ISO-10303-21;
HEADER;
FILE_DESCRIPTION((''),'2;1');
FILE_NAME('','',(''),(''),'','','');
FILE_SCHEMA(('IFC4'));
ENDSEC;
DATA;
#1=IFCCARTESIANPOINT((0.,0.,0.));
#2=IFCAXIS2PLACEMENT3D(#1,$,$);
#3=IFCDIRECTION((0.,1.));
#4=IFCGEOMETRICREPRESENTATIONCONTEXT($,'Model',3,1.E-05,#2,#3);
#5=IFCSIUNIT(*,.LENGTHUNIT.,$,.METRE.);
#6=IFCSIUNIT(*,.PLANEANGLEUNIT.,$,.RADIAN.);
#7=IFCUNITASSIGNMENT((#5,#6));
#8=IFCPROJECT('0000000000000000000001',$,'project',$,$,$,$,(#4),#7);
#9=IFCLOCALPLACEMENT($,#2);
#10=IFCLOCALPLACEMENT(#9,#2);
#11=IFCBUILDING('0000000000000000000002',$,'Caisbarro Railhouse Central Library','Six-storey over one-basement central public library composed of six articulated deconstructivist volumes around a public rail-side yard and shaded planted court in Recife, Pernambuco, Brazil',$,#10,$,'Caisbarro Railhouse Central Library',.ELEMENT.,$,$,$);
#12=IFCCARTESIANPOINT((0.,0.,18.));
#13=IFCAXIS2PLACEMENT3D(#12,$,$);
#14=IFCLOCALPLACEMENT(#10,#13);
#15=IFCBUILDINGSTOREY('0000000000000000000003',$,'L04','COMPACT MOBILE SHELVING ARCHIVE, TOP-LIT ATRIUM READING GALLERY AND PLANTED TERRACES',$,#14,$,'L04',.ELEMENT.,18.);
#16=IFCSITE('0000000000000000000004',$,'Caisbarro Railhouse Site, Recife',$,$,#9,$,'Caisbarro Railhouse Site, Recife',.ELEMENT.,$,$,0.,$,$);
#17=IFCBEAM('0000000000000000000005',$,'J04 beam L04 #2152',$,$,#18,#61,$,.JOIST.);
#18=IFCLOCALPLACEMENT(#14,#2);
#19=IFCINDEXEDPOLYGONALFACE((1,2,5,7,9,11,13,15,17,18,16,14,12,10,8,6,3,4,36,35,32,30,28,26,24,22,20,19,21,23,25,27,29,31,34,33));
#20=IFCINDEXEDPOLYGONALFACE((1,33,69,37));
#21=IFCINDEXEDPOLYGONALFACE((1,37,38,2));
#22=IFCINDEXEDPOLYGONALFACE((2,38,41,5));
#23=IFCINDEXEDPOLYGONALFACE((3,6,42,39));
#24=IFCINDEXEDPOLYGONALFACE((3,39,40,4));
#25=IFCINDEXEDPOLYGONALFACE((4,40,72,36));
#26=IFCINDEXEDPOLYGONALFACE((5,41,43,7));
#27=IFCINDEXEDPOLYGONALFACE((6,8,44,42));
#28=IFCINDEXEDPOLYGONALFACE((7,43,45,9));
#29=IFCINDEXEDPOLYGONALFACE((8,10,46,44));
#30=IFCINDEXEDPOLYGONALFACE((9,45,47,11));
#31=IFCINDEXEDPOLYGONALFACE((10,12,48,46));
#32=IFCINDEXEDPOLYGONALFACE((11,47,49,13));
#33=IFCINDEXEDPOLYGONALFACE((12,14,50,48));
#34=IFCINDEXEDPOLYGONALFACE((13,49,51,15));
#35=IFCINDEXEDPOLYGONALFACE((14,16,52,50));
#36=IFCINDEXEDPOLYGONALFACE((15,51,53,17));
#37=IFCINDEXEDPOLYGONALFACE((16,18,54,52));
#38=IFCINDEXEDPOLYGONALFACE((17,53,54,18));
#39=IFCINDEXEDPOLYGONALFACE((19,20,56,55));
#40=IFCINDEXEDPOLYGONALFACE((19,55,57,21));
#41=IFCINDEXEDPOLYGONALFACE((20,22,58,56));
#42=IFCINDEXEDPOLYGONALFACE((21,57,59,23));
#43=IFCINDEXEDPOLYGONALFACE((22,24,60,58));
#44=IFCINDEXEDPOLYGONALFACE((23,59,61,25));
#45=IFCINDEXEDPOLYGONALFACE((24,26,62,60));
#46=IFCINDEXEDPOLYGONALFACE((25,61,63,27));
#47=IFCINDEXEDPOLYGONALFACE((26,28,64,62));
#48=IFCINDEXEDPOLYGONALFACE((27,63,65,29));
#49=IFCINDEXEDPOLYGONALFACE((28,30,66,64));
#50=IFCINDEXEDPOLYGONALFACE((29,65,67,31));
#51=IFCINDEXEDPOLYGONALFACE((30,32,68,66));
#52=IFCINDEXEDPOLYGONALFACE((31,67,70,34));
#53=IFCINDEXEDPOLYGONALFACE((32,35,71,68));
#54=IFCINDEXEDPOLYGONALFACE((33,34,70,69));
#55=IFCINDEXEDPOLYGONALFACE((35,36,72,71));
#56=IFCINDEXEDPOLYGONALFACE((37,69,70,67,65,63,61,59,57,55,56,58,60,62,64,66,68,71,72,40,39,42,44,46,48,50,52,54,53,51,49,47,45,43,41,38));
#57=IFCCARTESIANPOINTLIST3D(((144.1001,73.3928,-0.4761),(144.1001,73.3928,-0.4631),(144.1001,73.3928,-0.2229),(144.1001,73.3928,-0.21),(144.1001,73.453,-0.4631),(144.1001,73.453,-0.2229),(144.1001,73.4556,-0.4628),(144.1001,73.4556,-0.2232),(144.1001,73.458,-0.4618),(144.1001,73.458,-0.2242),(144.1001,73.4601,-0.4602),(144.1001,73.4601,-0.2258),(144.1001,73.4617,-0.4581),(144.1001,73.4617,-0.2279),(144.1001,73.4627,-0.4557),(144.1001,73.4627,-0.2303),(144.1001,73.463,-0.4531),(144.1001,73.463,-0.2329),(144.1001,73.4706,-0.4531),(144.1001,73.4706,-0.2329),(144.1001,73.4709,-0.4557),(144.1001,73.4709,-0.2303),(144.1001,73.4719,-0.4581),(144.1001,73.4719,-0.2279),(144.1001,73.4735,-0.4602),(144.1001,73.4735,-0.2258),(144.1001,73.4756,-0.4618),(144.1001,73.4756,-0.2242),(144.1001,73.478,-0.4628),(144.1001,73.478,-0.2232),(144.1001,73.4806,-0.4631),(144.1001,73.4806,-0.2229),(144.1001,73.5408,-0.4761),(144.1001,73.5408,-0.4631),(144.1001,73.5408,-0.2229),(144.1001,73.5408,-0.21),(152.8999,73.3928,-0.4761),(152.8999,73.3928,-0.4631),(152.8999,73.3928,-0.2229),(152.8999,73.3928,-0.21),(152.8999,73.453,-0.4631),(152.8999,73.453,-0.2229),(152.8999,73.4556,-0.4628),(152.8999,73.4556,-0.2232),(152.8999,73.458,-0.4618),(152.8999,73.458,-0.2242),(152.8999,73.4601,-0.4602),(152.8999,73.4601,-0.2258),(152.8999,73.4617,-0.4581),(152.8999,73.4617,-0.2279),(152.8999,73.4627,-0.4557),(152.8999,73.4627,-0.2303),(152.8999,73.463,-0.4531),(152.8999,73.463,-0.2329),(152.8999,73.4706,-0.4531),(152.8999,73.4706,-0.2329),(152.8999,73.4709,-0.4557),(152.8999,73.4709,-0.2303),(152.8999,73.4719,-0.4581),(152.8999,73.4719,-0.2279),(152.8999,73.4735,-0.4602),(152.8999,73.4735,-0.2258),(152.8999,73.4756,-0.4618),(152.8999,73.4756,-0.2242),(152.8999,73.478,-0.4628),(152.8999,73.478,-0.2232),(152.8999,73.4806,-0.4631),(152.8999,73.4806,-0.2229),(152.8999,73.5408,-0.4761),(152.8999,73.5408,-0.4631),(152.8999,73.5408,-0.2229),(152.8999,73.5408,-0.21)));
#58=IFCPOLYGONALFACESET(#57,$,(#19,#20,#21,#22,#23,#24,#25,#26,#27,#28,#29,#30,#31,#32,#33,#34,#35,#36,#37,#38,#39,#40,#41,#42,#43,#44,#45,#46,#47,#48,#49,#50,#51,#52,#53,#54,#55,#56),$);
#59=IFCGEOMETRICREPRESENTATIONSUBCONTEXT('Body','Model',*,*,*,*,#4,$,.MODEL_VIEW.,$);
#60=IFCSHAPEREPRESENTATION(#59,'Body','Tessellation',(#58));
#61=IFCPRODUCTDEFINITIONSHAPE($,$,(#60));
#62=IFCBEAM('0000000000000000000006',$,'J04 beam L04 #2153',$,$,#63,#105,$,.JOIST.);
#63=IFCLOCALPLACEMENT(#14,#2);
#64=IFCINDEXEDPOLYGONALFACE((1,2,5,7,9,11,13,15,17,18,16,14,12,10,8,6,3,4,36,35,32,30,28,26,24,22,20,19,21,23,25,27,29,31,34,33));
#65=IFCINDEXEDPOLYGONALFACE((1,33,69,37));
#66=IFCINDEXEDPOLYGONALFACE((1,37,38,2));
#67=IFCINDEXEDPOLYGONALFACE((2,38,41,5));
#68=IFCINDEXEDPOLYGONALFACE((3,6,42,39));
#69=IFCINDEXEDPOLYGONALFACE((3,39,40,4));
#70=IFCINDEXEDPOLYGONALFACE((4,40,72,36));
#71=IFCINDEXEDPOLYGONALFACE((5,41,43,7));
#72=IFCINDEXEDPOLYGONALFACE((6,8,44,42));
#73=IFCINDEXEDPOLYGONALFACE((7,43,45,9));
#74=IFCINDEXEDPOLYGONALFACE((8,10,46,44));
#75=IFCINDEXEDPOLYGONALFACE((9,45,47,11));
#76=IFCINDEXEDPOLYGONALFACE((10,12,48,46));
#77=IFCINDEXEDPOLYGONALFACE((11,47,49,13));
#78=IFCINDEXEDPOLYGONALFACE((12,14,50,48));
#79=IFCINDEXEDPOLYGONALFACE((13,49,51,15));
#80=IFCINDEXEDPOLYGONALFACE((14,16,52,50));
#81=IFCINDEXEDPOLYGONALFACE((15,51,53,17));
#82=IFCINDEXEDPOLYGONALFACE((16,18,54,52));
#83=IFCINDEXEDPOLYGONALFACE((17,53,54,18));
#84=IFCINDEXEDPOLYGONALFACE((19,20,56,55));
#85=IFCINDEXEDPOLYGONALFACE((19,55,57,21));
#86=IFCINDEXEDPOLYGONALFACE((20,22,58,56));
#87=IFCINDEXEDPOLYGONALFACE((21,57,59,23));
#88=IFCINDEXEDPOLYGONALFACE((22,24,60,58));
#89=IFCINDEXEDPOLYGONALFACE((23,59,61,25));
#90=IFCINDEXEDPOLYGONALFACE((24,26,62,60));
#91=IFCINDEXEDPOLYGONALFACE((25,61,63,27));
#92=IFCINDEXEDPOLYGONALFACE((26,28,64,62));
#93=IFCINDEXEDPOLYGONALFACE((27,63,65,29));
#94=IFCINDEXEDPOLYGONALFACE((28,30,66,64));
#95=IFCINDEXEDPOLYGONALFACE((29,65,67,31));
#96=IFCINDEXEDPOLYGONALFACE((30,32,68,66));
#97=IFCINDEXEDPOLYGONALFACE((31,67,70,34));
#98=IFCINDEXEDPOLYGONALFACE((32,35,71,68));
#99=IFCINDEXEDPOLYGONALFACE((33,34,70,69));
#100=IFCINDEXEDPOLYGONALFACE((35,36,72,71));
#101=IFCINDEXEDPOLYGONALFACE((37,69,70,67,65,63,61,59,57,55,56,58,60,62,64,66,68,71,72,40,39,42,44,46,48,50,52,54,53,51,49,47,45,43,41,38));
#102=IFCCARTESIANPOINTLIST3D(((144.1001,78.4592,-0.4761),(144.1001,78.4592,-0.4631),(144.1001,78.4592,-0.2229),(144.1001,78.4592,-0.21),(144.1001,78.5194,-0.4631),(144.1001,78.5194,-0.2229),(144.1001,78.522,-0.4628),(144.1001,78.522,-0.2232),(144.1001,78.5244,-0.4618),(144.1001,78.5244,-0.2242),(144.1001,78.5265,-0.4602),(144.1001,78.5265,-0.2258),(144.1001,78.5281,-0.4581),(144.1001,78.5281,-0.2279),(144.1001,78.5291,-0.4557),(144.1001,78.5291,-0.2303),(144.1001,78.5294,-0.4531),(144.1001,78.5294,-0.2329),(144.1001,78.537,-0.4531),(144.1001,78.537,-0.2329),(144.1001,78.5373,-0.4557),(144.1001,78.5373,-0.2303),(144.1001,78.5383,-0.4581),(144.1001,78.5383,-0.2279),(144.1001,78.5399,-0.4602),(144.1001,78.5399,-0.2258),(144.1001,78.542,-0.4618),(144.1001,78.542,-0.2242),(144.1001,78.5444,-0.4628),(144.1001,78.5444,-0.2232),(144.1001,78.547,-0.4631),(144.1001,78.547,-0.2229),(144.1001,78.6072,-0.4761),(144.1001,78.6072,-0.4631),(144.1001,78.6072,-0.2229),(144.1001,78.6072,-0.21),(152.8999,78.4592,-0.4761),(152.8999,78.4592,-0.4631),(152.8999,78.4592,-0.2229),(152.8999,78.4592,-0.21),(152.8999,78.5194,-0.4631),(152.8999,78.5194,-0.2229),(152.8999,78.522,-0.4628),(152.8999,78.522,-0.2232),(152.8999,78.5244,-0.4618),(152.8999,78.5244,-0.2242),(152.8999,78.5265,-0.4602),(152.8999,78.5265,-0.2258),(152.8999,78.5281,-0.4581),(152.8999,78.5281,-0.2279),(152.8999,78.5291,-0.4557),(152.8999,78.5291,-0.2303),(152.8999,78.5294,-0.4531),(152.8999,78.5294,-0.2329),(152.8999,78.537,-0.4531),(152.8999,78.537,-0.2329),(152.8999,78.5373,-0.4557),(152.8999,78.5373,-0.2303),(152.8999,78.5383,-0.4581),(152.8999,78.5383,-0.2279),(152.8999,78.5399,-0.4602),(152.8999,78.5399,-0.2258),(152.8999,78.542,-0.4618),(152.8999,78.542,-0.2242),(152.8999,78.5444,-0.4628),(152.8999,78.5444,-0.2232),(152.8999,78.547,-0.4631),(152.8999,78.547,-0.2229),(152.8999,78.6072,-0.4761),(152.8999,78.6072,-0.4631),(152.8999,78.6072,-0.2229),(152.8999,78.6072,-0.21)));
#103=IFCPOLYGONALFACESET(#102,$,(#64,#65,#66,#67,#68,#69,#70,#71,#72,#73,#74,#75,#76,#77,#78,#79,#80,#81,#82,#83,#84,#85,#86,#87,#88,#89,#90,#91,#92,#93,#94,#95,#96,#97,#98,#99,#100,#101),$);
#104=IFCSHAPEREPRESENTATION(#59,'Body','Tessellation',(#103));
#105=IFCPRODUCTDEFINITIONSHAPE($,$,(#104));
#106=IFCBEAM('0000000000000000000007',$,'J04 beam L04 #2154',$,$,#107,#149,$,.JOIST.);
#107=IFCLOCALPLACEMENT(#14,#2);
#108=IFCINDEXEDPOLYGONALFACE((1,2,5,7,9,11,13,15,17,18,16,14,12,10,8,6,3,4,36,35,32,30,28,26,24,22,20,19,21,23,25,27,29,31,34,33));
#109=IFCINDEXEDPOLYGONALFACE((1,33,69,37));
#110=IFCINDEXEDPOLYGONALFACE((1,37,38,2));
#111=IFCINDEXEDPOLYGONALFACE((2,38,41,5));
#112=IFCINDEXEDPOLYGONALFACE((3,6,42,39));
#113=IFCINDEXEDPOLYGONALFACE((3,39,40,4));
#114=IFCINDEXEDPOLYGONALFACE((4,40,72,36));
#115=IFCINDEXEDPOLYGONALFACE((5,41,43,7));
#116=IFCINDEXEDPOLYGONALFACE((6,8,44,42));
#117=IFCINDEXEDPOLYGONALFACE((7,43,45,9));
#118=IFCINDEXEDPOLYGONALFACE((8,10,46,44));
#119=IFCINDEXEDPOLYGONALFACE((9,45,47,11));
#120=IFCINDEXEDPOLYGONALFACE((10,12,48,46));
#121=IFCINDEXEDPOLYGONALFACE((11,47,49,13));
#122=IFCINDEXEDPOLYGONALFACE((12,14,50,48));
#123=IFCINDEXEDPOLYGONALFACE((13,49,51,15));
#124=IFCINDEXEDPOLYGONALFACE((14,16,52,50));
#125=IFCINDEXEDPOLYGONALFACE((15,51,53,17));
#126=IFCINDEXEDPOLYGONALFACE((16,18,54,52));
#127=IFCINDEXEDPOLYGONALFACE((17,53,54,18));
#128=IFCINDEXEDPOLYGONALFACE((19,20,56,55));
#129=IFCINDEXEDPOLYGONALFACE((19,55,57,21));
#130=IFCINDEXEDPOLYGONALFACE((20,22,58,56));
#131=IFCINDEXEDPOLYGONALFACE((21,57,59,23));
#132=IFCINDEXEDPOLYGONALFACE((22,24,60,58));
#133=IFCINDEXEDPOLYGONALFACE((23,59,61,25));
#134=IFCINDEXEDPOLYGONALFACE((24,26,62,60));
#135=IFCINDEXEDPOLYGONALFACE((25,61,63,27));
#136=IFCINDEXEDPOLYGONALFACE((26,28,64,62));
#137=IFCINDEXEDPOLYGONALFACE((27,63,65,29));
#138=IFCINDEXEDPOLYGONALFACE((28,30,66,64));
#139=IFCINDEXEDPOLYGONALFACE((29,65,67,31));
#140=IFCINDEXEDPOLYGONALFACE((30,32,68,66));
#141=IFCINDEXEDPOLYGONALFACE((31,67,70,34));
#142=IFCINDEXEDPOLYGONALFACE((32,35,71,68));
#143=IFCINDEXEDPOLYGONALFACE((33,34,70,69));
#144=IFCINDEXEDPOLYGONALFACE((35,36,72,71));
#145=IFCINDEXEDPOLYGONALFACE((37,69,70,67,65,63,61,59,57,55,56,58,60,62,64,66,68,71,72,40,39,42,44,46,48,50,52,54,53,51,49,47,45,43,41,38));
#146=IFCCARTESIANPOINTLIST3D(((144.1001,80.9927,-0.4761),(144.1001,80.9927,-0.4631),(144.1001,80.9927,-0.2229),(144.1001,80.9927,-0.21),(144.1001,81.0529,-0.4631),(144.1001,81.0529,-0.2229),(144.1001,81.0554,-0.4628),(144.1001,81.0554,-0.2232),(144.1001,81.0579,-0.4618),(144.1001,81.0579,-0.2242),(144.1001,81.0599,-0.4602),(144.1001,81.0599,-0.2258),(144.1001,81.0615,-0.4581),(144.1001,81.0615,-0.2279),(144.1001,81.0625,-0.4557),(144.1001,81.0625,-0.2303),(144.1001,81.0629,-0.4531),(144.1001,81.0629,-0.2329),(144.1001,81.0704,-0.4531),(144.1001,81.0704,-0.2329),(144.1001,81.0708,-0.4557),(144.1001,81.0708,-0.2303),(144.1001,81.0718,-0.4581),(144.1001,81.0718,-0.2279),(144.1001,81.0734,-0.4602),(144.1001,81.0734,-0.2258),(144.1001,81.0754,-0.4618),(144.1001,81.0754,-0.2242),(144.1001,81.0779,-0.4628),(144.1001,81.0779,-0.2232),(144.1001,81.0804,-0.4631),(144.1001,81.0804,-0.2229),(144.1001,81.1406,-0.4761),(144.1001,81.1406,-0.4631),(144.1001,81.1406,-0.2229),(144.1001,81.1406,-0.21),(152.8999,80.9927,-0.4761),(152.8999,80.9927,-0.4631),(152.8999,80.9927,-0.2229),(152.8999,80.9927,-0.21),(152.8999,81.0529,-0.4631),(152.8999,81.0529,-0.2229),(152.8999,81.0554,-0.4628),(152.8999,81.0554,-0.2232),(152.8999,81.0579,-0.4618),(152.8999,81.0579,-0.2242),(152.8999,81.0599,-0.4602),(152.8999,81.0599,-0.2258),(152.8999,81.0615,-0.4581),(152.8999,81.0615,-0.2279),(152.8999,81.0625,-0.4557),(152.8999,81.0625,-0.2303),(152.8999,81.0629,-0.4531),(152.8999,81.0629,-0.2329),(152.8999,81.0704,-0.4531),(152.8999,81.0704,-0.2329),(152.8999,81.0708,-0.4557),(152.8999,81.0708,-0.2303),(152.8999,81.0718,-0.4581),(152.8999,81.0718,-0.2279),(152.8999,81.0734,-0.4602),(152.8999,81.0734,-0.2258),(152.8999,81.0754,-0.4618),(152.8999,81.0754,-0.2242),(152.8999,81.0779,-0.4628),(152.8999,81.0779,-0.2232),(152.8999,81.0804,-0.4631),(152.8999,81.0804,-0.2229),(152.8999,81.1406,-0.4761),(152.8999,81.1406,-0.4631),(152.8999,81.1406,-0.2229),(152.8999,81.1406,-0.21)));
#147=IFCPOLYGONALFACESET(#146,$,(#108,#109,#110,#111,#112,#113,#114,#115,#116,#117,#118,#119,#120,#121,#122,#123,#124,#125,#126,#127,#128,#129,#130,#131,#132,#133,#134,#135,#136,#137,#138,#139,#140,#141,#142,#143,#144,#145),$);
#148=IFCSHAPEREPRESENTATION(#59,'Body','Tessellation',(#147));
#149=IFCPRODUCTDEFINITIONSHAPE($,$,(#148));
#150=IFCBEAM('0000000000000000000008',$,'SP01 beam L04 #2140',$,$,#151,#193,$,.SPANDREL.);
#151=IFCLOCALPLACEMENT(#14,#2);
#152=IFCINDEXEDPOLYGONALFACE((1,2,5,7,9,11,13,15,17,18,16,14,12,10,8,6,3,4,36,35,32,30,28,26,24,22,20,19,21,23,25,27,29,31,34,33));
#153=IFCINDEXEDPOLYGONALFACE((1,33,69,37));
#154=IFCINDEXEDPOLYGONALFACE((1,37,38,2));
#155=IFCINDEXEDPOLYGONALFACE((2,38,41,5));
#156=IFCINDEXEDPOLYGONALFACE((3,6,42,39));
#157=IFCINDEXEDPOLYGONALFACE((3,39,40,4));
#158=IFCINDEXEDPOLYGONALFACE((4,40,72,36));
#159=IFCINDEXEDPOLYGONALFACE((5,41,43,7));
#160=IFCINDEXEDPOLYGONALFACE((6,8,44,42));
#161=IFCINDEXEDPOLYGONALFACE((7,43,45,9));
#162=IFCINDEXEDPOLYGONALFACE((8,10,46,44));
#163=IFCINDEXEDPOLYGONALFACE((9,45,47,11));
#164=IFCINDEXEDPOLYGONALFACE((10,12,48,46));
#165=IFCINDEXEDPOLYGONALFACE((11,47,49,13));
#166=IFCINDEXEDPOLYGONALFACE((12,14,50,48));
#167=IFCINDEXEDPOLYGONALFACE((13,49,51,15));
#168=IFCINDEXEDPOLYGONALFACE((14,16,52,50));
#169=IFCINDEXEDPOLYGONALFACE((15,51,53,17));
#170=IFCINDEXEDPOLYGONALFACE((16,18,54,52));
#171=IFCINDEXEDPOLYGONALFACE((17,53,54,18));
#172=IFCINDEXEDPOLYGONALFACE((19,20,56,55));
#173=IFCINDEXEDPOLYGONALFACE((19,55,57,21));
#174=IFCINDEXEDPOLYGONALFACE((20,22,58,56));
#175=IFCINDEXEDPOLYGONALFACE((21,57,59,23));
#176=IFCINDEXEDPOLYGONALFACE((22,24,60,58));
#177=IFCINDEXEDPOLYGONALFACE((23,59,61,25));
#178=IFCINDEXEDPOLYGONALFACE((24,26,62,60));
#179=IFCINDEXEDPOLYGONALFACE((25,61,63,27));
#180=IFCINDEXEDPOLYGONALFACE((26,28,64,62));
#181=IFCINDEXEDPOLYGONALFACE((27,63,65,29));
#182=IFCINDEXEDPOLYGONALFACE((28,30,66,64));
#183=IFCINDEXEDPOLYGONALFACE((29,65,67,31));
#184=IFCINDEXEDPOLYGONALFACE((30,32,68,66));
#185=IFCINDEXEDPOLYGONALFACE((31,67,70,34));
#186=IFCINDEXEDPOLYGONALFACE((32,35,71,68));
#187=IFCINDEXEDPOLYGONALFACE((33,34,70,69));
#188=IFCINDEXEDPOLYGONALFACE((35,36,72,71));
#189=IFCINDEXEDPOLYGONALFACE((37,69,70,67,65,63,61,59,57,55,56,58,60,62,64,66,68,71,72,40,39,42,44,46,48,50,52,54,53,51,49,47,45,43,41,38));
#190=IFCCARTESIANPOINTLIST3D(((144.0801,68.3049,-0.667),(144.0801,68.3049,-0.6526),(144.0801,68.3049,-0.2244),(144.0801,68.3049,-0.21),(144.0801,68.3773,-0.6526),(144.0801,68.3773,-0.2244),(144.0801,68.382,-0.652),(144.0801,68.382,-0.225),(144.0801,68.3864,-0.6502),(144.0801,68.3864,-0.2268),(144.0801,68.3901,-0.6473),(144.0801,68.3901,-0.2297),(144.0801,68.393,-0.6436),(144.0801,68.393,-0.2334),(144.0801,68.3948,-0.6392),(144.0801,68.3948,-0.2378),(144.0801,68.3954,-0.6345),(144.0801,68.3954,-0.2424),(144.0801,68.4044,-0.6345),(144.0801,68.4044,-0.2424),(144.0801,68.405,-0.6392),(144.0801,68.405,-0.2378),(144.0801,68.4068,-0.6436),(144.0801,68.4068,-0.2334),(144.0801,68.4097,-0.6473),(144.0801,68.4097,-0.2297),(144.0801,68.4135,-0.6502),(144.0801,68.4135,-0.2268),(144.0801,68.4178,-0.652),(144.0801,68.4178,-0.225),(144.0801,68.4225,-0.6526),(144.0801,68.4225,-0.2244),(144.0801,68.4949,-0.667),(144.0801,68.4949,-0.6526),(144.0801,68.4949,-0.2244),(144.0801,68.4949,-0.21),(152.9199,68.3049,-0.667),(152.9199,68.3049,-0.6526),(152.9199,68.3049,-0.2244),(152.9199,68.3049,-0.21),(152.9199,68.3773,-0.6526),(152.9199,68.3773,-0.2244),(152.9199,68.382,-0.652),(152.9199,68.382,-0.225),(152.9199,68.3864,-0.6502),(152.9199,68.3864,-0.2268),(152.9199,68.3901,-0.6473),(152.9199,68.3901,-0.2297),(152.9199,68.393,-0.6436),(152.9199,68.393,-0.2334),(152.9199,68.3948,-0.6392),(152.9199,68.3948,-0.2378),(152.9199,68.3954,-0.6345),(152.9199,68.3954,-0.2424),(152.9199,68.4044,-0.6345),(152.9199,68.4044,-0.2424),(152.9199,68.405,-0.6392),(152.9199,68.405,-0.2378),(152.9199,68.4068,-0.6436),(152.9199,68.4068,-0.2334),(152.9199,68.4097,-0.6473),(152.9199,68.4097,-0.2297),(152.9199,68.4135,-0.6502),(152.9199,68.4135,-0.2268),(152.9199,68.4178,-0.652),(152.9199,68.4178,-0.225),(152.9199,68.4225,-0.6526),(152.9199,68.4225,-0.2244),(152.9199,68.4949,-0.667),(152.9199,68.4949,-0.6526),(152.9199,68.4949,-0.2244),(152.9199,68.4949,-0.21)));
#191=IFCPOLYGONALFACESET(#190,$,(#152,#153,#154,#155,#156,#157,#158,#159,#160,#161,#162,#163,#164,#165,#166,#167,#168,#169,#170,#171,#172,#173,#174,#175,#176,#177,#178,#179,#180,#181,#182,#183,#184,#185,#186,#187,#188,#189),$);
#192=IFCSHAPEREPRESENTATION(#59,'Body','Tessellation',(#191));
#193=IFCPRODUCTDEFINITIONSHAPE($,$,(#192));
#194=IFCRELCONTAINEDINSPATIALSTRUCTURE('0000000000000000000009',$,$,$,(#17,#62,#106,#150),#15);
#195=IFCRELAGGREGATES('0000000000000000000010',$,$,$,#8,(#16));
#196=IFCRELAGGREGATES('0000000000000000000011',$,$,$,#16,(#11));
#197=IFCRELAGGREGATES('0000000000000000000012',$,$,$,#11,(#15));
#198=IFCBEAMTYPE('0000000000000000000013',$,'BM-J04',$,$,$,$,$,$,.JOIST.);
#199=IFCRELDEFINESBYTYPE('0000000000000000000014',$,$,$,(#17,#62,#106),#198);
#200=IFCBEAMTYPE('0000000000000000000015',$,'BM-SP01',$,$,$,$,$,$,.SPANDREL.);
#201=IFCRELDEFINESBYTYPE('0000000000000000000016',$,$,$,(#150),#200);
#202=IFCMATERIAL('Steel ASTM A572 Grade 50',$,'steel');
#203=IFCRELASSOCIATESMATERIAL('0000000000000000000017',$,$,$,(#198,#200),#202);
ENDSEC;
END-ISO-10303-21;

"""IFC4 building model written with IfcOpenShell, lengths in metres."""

from ifc_helpers import new_model, si_unit, direction, frame, origin, origin_2d, place, context, subcontext, project, spatial, i_section, extrude, material, material_profile, profile_set, type_object, element, save


model = new_model("IFC4")

# Units and contexts
model_context = context("Model", 3, precision=1e-05, world=origin(), true_north=direction((0.0, 1.0)))
body_context = subcontext(model_context, "Body", "Model", "MODEL_VIEW")
ifc_project = project(units=[si_unit("LENGTHUNIT", "METRE"), si_unit("PLANEANGLEUNIT", "RADIAN")], contexts=[model_context])

# Site, building, storey
site_placement = place(None, origin())
site = spatial("IfcSite", under=ifc_project, at=site_placement, Name="Caisbarro Railhouse Site, Recife", LongName="Caisbarro Railhouse Site, Recife", CompositionType="ELEMENT", RefElevation=0.0)
building_placement = place(site_placement, origin())
building = spatial("IfcBuilding", under=site, at=building_placement, Name="Caisbarro Railhouse Central Library", Description="Six-storey over one-basement central public library composed of six articulated deconstructivist volumes around a public rail-side yard and shaded planted court in Recife, Pernambuco, Brazil", LongName="Caisbarro Railhouse Central Library", CompositionType="ELEMENT")
storey_placement = place(building_placement, frame((0.0, 0.0, 18.0)))
storey = spatial("IfcBuildingStorey", under=building, at=storey_placement, Name="L04", Description="COMPACT MOBILE SHELVING ARCHIVE, TOP-LIT ATRIUM READING GALLERY AND PLANTED TERRACES", LongName="L04", CompositionType="ELEMENT", Elevation=18.0)

# Shared definitions
ifc_material_1 = material(Name="Steel ASTM A572 Grade 50", Category="steel")

# Beams
ifc_material_profile_1 = material_profile(ifc_material_1, i_section(OverallWidth=0.1479, OverallDepth=0.2661, WebThickness=0.0076, FlangeThickness=0.0129, FilletRadius=0.01, at=origin_2d()), Name="W250X44.8")
ifc_profile_set_1 = profile_set([ifc_material_profile_1], Name="Steel ASTM A572 Grade 50")
beam_type_1 = type_object("IfcBeamType", Name="BM-J04", PredefinedType="JOIST", material=ifc_profile_set_1)
for number, where, z_axis, x_axis, name in (
    (1, (144.1001, 73.4668, -0.343), (1.0, 0.0, 0.0), (0.0, 1.0, 0.0), "J04 beam L04 #2152"),
    (2, (144.1001, 78.5332, -0.343), (1.0, 0.0, 0.0), (0.0, 1.0, 0.0), "J04 beam L04 #2153"),
    (3, (144.1001, 81.0667, -0.343), (1.0, 0.0, 0.0), (0.0, 1.0, 0.0), "J04 beam L04 #2154"),
):
    element("IfcBeam", number, at=place(storey_placement, frame(where, z_axis=z_axis, x_axis=x_axis)), inside=storey, type_object=beam_type_1, Name=name, PredefinedType="JOIST", context=body_context, shape_type="SweptSolid", body=[
        extrude(i_section(OverallWidth=0.1479, OverallDepth=0.2661, WebThickness=0.0076, FlangeThickness=0.0129, FilletRadius=0.01, at=origin_2d()), origin(), (0.0, 0.0, 1.0), 8.7998),
    ])
ifc_material_profile_2 = material_profile(ifc_material_1, i_section(OverallWidth=0.1899, OverallDepth=0.457, WebThickness=0.009, FlangeThickness=0.0144, FilletRadius=0.0181, at=origin_2d()), Name="W460X74.0")
ifc_profile_set_2 = profile_set([ifc_material_profile_2], Name="Steel ASTM A572 Grade 50")
beam_type_2 = type_object("IfcBeamType", Name="BM-SP01", PredefinedType="SPANDREL", material=ifc_profile_set_2)
beam_1_placement = place(storey_placement, frame((144.0801, 68.3999, -0.4385), z_axis=(1.0, 0.0, 0.0), x_axis=(0.0, 1.0, 0.0)))
element("IfcBeam", 4, at=beam_1_placement, inside=storey, type_object=beam_type_2, Name="SP01 beam L04 #2140", PredefinedType="SPANDREL", context=body_context, shape_type="SweptSolid", body=[
    extrude(i_section(OverallWidth=0.1899, OverallDepth=0.457, WebThickness=0.009, FlangeThickness=0.0144, FilletRadius=0.0181, at=origin_2d()), origin(), (0.0, 0.0, 1.0), 8.8398),
])

save(model, "model.ifc")
